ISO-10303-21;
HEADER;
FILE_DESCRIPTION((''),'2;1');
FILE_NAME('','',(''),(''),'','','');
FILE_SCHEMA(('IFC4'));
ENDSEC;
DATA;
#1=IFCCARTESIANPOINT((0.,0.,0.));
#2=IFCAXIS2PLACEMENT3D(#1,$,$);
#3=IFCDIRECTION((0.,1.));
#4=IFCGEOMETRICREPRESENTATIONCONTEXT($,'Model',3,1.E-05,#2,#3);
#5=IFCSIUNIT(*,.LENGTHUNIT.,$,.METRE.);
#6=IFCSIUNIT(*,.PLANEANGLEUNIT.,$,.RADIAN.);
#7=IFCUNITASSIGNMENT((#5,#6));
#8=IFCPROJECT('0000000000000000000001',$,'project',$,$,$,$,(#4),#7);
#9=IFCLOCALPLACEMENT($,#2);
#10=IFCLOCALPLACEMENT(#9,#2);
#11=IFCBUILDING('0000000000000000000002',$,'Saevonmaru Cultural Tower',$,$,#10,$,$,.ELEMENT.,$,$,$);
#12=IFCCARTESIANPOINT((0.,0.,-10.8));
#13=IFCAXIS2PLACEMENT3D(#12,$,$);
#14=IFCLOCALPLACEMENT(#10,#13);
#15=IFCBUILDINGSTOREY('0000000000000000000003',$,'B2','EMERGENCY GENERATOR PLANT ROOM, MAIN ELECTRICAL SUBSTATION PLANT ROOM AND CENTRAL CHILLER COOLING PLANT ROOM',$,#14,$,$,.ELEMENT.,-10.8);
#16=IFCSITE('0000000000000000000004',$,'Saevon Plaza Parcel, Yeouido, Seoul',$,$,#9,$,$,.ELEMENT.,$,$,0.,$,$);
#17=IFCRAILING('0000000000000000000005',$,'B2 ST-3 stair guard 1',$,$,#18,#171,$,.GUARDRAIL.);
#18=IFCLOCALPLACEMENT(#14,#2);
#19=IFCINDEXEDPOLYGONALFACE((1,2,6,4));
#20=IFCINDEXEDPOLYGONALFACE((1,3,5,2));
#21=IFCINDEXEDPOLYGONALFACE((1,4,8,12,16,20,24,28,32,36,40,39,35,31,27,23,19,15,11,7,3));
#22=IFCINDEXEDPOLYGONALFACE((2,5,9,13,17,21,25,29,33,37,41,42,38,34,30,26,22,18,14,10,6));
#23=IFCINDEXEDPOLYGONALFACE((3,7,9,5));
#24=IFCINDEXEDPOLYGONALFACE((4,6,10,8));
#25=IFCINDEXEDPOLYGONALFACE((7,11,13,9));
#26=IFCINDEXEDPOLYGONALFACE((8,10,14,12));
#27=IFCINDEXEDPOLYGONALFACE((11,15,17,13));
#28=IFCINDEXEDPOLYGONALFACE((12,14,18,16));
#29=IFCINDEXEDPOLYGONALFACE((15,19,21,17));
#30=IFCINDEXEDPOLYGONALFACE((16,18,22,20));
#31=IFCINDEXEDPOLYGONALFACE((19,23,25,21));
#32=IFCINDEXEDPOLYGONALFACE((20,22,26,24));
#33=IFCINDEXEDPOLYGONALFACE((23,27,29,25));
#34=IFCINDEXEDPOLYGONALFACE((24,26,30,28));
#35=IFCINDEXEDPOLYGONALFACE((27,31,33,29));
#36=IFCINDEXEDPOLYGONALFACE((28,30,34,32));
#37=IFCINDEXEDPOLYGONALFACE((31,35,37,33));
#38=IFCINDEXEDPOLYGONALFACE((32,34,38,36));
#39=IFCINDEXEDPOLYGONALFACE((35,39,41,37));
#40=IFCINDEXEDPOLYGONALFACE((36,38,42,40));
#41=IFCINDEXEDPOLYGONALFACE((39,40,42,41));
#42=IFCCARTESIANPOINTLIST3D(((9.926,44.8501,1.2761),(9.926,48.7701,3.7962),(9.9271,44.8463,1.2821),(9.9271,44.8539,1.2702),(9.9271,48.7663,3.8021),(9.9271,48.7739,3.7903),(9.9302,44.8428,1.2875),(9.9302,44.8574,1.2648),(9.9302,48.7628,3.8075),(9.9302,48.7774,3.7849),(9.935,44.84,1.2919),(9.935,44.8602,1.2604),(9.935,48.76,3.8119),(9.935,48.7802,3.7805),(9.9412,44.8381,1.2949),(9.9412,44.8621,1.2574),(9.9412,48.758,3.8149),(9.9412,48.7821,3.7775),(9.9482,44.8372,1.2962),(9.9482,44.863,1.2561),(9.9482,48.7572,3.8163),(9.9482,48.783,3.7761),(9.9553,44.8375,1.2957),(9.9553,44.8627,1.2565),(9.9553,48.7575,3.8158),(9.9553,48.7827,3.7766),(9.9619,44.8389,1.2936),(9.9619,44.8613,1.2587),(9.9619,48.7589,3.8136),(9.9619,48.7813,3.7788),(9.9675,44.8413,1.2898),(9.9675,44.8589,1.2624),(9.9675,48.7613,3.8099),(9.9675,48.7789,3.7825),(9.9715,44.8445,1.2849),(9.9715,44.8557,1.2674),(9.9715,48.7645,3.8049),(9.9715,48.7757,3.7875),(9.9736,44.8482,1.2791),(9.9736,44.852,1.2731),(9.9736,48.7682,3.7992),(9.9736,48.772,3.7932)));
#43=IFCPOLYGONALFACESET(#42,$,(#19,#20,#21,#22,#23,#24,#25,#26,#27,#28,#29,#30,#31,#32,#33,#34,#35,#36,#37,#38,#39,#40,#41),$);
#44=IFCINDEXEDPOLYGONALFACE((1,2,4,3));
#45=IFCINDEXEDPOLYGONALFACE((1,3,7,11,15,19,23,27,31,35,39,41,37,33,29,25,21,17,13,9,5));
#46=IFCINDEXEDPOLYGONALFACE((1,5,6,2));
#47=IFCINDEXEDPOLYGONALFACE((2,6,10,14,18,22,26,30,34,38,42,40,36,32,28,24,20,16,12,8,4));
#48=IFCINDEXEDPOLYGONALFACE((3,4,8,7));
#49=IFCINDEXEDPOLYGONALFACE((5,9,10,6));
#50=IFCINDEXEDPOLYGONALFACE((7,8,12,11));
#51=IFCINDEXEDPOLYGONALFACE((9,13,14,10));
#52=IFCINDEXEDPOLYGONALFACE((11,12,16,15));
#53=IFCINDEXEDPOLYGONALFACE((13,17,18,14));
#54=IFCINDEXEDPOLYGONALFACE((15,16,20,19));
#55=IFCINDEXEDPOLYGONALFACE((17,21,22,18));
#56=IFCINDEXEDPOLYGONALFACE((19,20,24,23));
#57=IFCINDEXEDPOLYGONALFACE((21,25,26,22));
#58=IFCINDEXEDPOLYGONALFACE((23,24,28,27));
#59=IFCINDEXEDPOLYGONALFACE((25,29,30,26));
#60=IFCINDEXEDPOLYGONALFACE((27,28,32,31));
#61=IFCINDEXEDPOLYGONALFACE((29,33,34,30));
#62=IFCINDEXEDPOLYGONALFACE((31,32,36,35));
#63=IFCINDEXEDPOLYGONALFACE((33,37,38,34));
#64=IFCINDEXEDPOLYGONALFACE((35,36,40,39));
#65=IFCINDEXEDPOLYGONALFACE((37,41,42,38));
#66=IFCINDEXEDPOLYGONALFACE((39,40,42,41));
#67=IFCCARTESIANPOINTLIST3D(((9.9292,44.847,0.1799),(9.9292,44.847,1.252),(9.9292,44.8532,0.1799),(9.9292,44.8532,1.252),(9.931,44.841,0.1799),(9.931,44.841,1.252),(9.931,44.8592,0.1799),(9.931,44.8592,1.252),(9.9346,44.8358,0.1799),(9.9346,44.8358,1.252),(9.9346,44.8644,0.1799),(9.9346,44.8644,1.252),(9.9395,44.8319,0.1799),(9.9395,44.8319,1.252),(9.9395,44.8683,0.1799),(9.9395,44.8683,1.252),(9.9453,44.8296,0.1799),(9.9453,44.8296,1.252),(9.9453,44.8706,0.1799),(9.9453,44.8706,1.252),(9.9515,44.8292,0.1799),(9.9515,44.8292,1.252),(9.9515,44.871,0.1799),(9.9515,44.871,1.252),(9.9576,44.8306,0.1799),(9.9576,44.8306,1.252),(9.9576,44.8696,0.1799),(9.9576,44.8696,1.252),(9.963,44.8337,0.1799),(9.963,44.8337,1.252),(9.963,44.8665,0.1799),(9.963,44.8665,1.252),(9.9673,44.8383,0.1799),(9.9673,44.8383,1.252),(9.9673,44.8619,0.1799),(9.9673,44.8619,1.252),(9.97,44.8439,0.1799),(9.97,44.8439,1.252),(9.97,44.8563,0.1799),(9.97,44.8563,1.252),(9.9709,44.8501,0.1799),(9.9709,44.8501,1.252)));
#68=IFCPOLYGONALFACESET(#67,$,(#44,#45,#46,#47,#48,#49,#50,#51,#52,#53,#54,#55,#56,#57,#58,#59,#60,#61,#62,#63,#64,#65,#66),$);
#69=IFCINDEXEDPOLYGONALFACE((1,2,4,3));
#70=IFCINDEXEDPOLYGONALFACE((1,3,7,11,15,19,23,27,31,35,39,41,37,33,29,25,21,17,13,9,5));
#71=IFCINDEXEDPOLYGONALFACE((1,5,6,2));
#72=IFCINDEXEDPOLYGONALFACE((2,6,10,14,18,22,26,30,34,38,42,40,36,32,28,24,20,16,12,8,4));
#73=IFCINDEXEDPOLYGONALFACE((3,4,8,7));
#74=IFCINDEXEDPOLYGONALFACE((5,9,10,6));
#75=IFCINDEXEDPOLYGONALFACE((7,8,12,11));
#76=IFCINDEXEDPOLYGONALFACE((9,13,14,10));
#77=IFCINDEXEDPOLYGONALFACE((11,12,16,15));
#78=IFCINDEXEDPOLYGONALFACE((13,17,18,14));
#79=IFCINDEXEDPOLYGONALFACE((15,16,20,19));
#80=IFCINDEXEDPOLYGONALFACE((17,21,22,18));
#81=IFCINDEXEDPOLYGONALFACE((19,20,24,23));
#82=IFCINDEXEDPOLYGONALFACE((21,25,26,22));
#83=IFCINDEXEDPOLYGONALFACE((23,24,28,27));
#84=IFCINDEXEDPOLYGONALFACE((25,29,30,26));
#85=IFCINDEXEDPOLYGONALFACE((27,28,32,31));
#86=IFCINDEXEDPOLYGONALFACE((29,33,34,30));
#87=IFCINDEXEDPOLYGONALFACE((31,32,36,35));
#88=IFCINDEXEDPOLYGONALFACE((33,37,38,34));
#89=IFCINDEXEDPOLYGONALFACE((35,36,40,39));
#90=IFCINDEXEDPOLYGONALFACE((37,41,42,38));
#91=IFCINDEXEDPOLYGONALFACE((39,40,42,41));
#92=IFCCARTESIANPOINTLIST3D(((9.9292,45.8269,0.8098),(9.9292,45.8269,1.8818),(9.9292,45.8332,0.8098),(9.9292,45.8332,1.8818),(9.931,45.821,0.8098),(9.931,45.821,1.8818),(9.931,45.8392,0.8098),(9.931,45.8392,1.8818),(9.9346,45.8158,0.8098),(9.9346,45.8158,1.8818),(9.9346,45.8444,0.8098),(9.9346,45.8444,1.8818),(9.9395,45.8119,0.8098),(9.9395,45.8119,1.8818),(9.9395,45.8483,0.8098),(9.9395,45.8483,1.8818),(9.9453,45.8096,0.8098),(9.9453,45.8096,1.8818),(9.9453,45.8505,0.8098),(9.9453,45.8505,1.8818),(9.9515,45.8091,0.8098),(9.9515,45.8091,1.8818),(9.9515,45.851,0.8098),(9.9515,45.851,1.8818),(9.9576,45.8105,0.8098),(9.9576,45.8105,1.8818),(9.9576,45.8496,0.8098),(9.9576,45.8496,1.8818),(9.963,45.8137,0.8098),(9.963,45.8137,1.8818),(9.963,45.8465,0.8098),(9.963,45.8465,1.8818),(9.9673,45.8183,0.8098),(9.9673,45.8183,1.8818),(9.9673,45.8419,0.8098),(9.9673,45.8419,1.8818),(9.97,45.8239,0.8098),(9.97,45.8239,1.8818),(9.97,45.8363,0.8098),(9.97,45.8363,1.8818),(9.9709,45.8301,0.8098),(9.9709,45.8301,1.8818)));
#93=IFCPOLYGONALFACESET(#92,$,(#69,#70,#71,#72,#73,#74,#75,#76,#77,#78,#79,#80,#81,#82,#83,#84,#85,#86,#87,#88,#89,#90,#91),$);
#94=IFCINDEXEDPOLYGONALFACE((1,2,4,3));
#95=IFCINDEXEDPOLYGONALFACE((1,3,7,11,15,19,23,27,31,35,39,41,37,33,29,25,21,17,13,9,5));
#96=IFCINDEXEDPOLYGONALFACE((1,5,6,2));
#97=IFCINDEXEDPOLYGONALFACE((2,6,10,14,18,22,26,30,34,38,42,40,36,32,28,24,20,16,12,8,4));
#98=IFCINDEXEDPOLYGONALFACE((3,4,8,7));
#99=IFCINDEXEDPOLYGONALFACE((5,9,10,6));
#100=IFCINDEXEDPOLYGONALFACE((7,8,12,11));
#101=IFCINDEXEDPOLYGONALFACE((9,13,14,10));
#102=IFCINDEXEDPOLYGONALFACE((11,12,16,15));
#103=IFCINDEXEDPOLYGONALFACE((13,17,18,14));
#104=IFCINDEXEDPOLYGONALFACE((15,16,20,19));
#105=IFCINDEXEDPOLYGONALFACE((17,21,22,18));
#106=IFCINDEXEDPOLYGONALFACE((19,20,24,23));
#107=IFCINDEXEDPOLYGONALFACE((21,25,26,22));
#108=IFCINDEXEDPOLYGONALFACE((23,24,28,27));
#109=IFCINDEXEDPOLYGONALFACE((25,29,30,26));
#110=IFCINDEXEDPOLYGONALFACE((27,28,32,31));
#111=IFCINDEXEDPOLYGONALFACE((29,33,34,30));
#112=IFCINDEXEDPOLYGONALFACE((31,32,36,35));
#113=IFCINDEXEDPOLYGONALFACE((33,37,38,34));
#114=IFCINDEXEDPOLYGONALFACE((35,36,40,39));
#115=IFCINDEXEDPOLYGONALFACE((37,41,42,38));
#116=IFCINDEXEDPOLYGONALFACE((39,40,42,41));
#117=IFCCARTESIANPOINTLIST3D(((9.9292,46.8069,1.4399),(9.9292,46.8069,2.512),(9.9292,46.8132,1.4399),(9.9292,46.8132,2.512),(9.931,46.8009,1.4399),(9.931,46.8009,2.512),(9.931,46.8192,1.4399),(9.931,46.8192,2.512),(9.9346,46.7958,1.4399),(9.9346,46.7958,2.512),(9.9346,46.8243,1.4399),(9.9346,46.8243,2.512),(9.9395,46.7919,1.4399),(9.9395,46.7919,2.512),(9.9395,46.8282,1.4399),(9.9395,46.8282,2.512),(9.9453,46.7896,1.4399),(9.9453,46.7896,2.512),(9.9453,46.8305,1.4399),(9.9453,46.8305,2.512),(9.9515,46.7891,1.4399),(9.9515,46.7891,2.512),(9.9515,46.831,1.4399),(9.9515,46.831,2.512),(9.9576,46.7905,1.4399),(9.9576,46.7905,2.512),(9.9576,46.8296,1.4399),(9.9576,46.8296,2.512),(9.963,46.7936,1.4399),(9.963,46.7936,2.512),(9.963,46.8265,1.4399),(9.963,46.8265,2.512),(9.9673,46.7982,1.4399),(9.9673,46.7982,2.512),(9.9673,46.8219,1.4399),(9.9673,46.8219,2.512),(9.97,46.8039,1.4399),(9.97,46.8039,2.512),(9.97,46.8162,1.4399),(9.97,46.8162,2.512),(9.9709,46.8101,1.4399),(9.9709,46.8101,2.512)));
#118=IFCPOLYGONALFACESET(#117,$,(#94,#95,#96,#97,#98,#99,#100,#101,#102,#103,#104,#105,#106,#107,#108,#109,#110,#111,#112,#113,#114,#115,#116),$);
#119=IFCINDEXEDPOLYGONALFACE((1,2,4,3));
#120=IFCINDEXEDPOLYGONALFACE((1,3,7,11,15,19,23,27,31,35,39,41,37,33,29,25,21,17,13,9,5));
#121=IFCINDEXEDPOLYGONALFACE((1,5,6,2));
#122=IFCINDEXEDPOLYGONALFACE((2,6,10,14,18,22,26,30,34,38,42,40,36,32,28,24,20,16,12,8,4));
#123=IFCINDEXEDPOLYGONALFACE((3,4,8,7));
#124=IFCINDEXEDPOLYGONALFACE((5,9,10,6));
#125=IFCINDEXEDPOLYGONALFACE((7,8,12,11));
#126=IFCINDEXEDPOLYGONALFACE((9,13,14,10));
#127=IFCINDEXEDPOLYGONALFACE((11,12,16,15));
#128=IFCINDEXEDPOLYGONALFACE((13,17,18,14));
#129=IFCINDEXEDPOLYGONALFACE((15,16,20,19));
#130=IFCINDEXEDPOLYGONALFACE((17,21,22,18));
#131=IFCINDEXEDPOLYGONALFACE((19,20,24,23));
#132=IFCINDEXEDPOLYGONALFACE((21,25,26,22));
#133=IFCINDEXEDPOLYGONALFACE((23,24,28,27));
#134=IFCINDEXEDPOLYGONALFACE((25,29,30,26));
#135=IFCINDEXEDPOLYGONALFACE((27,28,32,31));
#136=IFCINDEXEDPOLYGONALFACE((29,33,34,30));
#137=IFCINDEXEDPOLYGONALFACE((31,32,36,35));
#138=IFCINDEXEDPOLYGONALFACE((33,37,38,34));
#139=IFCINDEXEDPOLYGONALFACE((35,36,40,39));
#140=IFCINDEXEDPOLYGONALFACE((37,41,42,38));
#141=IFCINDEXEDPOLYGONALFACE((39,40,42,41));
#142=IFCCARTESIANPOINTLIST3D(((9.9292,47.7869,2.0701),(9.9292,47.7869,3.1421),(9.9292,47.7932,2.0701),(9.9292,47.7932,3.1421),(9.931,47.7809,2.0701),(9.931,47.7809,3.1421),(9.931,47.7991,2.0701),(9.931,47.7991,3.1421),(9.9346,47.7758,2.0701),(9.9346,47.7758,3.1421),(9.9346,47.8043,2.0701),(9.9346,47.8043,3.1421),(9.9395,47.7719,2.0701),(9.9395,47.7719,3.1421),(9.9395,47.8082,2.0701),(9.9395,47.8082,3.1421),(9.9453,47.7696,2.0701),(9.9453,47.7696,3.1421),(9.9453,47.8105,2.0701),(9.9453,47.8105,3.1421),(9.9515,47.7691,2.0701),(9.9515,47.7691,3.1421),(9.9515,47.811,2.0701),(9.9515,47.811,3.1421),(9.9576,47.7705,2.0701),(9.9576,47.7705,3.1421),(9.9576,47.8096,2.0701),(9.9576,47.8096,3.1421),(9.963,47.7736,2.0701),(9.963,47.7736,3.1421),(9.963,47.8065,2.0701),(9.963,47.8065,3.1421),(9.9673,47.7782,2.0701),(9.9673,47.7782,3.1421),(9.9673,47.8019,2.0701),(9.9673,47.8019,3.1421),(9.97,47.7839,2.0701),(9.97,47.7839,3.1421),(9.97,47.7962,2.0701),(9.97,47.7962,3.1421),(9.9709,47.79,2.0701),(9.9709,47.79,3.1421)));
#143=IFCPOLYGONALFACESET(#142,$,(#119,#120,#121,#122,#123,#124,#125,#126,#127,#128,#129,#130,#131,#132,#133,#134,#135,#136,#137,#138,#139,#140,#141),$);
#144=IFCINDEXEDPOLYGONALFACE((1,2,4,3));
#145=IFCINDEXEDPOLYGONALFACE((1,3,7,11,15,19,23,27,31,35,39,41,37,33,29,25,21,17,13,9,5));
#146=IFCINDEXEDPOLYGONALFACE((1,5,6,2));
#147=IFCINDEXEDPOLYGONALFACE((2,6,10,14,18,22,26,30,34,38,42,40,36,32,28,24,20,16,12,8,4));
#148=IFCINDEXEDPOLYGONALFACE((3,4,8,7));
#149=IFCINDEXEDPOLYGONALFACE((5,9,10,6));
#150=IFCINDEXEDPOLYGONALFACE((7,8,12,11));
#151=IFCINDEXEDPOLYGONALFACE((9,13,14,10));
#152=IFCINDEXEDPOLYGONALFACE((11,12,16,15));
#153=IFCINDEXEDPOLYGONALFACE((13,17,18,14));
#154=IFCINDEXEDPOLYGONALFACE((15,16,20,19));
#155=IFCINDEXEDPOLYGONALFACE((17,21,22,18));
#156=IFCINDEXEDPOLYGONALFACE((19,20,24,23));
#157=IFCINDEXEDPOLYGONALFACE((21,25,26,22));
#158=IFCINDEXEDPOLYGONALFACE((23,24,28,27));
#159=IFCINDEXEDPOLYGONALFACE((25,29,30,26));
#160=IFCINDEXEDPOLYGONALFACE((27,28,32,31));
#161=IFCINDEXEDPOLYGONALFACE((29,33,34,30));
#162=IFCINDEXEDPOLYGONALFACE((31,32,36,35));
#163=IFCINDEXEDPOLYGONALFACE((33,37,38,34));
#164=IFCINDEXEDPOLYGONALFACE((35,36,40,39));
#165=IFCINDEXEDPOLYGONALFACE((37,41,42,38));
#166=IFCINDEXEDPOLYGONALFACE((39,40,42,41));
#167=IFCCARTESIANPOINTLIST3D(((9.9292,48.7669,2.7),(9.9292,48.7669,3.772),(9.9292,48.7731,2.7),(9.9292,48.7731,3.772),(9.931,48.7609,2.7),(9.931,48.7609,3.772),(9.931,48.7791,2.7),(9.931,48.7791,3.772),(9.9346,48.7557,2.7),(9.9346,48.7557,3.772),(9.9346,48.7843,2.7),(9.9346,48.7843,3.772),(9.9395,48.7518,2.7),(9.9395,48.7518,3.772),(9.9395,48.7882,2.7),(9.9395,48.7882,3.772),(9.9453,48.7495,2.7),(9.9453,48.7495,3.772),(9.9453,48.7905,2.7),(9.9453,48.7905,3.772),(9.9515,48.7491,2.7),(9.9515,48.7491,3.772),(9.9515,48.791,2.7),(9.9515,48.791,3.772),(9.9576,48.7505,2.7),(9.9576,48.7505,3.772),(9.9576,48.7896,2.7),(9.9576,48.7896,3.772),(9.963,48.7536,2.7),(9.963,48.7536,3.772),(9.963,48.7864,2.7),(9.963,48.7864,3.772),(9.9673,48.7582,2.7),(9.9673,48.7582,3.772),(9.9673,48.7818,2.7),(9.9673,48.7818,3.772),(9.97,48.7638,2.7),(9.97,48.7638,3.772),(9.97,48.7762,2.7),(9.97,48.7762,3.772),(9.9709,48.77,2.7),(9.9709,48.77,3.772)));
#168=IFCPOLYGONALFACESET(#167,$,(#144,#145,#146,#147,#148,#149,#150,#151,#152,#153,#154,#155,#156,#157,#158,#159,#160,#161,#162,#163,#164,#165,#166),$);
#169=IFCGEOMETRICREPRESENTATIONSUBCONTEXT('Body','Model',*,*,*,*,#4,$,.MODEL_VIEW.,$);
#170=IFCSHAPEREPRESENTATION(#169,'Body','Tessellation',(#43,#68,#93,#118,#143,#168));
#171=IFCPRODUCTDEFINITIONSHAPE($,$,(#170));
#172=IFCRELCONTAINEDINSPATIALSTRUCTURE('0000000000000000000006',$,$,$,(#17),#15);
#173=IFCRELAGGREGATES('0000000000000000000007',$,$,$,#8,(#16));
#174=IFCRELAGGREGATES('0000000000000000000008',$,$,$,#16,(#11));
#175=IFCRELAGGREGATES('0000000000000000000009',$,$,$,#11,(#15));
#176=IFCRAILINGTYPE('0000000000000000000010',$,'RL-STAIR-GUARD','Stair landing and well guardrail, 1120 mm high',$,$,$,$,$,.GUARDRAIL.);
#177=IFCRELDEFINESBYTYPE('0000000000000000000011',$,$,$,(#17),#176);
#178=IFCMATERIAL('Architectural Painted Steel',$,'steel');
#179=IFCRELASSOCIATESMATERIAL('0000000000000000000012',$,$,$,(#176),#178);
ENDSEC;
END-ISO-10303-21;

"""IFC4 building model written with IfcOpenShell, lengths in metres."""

from ifc_helpers import new_model, si_unit, direction, frame, origin, origin_2d, place, context, subcontext, project, spatial, circle, extrude, material, type_object, element, save


model = new_model("IFC4")

# Units and contexts
model_context = context("Model", 3, precision=1e-05, world=origin(), true_north=direction((0.0, 1.0)))
body_context = subcontext(model_context, "Body", "Model", "MODEL_VIEW")
ifc_project = project(units=[si_unit("LENGTHUNIT", "METRE"), si_unit("PLANEANGLEUNIT", "RADIAN")], contexts=[model_context])

# Site, building, storey
site_placement = place(None, origin())
site = spatial("IfcSite", under=ifc_project, at=site_placement, Name="Saevon Plaza Parcel, Yeouido, Seoul", CompositionType="ELEMENT", RefElevation=0.0)
building_placement = place(site_placement, origin())
building = spatial("IfcBuilding", under=site, at=building_placement, Name="Saevonmaru Cultural Tower", CompositionType="ELEMENT")
storey_placement = place(building_placement, frame((0.0, 0.0, -10.8)))
storey = spatial("IfcBuildingStorey", under=building, at=storey_placement, Name="B2", Description="EMERGENCY GENERATOR PLANT ROOM, MAIN ELECTRICAL SUBSTATION PLANT ROOM AND CENTRAL CHILLER COOLING PLANT ROOM", CompositionType="ELEMENT", Elevation=-10.8)

# Railing
ifc_material_1 = material(Name="Architectural Painted Steel", Category="steel")
railing_type = type_object("IfcRailingType", Name="RL-STAIR-GUARD", Description="Stair landing and well guardrail, 1120 mm high", PredefinedType="GUARDRAIL", material=ifc_material_1)
railing_1_placement = place(storey_placement, frame((9.95, 44.8501, 0.1799)))
element("IfcRailing", 1, at=railing_1_placement, inside=storey, type_object=railing_type, Name="B2 ST-3 stair guard 1", PredefinedType="GUARDRAIL", context=body_context, shape_type="SweptSolid", body=[
    extrude(circle(Radius=0.0239, at=origin_2d()), frame((0.0, 0.0, 1.0962), z_axis=(0.0, 0.841172, 0.540768), x_axis=(-1.0, 0.0, 0.0)), (0.0, 0.0, 1.0), 4.6602),
    extrude(circle(Radius=0.021, at=origin_2d()), origin(), (0.0, 0.0, 1.0), 1.072),
    extrude(circle(Radius=0.021, at=origin_2d()), frame((0.0, 0.98, 0.6299)), (0.0, 0.0, 1.0), 1.072),
    extrude(circle(Radius=0.021, at=origin_2d()), frame((0.0, 1.96, 1.26)), (0.0, 0.0, 1.0), 1.072),
    extrude(circle(Radius=0.021, at=origin_2d()), frame((0.0, 2.9399, 1.8901)), (0.0, 0.0, 1.0), 1.072),
    extrude(circle(Radius=0.021, at=origin_2d()), frame((0.0, 3.9199, 2.52)), (0.0, 0.0, 1.0), 1.072),
])

save(model, "model.ifc")
